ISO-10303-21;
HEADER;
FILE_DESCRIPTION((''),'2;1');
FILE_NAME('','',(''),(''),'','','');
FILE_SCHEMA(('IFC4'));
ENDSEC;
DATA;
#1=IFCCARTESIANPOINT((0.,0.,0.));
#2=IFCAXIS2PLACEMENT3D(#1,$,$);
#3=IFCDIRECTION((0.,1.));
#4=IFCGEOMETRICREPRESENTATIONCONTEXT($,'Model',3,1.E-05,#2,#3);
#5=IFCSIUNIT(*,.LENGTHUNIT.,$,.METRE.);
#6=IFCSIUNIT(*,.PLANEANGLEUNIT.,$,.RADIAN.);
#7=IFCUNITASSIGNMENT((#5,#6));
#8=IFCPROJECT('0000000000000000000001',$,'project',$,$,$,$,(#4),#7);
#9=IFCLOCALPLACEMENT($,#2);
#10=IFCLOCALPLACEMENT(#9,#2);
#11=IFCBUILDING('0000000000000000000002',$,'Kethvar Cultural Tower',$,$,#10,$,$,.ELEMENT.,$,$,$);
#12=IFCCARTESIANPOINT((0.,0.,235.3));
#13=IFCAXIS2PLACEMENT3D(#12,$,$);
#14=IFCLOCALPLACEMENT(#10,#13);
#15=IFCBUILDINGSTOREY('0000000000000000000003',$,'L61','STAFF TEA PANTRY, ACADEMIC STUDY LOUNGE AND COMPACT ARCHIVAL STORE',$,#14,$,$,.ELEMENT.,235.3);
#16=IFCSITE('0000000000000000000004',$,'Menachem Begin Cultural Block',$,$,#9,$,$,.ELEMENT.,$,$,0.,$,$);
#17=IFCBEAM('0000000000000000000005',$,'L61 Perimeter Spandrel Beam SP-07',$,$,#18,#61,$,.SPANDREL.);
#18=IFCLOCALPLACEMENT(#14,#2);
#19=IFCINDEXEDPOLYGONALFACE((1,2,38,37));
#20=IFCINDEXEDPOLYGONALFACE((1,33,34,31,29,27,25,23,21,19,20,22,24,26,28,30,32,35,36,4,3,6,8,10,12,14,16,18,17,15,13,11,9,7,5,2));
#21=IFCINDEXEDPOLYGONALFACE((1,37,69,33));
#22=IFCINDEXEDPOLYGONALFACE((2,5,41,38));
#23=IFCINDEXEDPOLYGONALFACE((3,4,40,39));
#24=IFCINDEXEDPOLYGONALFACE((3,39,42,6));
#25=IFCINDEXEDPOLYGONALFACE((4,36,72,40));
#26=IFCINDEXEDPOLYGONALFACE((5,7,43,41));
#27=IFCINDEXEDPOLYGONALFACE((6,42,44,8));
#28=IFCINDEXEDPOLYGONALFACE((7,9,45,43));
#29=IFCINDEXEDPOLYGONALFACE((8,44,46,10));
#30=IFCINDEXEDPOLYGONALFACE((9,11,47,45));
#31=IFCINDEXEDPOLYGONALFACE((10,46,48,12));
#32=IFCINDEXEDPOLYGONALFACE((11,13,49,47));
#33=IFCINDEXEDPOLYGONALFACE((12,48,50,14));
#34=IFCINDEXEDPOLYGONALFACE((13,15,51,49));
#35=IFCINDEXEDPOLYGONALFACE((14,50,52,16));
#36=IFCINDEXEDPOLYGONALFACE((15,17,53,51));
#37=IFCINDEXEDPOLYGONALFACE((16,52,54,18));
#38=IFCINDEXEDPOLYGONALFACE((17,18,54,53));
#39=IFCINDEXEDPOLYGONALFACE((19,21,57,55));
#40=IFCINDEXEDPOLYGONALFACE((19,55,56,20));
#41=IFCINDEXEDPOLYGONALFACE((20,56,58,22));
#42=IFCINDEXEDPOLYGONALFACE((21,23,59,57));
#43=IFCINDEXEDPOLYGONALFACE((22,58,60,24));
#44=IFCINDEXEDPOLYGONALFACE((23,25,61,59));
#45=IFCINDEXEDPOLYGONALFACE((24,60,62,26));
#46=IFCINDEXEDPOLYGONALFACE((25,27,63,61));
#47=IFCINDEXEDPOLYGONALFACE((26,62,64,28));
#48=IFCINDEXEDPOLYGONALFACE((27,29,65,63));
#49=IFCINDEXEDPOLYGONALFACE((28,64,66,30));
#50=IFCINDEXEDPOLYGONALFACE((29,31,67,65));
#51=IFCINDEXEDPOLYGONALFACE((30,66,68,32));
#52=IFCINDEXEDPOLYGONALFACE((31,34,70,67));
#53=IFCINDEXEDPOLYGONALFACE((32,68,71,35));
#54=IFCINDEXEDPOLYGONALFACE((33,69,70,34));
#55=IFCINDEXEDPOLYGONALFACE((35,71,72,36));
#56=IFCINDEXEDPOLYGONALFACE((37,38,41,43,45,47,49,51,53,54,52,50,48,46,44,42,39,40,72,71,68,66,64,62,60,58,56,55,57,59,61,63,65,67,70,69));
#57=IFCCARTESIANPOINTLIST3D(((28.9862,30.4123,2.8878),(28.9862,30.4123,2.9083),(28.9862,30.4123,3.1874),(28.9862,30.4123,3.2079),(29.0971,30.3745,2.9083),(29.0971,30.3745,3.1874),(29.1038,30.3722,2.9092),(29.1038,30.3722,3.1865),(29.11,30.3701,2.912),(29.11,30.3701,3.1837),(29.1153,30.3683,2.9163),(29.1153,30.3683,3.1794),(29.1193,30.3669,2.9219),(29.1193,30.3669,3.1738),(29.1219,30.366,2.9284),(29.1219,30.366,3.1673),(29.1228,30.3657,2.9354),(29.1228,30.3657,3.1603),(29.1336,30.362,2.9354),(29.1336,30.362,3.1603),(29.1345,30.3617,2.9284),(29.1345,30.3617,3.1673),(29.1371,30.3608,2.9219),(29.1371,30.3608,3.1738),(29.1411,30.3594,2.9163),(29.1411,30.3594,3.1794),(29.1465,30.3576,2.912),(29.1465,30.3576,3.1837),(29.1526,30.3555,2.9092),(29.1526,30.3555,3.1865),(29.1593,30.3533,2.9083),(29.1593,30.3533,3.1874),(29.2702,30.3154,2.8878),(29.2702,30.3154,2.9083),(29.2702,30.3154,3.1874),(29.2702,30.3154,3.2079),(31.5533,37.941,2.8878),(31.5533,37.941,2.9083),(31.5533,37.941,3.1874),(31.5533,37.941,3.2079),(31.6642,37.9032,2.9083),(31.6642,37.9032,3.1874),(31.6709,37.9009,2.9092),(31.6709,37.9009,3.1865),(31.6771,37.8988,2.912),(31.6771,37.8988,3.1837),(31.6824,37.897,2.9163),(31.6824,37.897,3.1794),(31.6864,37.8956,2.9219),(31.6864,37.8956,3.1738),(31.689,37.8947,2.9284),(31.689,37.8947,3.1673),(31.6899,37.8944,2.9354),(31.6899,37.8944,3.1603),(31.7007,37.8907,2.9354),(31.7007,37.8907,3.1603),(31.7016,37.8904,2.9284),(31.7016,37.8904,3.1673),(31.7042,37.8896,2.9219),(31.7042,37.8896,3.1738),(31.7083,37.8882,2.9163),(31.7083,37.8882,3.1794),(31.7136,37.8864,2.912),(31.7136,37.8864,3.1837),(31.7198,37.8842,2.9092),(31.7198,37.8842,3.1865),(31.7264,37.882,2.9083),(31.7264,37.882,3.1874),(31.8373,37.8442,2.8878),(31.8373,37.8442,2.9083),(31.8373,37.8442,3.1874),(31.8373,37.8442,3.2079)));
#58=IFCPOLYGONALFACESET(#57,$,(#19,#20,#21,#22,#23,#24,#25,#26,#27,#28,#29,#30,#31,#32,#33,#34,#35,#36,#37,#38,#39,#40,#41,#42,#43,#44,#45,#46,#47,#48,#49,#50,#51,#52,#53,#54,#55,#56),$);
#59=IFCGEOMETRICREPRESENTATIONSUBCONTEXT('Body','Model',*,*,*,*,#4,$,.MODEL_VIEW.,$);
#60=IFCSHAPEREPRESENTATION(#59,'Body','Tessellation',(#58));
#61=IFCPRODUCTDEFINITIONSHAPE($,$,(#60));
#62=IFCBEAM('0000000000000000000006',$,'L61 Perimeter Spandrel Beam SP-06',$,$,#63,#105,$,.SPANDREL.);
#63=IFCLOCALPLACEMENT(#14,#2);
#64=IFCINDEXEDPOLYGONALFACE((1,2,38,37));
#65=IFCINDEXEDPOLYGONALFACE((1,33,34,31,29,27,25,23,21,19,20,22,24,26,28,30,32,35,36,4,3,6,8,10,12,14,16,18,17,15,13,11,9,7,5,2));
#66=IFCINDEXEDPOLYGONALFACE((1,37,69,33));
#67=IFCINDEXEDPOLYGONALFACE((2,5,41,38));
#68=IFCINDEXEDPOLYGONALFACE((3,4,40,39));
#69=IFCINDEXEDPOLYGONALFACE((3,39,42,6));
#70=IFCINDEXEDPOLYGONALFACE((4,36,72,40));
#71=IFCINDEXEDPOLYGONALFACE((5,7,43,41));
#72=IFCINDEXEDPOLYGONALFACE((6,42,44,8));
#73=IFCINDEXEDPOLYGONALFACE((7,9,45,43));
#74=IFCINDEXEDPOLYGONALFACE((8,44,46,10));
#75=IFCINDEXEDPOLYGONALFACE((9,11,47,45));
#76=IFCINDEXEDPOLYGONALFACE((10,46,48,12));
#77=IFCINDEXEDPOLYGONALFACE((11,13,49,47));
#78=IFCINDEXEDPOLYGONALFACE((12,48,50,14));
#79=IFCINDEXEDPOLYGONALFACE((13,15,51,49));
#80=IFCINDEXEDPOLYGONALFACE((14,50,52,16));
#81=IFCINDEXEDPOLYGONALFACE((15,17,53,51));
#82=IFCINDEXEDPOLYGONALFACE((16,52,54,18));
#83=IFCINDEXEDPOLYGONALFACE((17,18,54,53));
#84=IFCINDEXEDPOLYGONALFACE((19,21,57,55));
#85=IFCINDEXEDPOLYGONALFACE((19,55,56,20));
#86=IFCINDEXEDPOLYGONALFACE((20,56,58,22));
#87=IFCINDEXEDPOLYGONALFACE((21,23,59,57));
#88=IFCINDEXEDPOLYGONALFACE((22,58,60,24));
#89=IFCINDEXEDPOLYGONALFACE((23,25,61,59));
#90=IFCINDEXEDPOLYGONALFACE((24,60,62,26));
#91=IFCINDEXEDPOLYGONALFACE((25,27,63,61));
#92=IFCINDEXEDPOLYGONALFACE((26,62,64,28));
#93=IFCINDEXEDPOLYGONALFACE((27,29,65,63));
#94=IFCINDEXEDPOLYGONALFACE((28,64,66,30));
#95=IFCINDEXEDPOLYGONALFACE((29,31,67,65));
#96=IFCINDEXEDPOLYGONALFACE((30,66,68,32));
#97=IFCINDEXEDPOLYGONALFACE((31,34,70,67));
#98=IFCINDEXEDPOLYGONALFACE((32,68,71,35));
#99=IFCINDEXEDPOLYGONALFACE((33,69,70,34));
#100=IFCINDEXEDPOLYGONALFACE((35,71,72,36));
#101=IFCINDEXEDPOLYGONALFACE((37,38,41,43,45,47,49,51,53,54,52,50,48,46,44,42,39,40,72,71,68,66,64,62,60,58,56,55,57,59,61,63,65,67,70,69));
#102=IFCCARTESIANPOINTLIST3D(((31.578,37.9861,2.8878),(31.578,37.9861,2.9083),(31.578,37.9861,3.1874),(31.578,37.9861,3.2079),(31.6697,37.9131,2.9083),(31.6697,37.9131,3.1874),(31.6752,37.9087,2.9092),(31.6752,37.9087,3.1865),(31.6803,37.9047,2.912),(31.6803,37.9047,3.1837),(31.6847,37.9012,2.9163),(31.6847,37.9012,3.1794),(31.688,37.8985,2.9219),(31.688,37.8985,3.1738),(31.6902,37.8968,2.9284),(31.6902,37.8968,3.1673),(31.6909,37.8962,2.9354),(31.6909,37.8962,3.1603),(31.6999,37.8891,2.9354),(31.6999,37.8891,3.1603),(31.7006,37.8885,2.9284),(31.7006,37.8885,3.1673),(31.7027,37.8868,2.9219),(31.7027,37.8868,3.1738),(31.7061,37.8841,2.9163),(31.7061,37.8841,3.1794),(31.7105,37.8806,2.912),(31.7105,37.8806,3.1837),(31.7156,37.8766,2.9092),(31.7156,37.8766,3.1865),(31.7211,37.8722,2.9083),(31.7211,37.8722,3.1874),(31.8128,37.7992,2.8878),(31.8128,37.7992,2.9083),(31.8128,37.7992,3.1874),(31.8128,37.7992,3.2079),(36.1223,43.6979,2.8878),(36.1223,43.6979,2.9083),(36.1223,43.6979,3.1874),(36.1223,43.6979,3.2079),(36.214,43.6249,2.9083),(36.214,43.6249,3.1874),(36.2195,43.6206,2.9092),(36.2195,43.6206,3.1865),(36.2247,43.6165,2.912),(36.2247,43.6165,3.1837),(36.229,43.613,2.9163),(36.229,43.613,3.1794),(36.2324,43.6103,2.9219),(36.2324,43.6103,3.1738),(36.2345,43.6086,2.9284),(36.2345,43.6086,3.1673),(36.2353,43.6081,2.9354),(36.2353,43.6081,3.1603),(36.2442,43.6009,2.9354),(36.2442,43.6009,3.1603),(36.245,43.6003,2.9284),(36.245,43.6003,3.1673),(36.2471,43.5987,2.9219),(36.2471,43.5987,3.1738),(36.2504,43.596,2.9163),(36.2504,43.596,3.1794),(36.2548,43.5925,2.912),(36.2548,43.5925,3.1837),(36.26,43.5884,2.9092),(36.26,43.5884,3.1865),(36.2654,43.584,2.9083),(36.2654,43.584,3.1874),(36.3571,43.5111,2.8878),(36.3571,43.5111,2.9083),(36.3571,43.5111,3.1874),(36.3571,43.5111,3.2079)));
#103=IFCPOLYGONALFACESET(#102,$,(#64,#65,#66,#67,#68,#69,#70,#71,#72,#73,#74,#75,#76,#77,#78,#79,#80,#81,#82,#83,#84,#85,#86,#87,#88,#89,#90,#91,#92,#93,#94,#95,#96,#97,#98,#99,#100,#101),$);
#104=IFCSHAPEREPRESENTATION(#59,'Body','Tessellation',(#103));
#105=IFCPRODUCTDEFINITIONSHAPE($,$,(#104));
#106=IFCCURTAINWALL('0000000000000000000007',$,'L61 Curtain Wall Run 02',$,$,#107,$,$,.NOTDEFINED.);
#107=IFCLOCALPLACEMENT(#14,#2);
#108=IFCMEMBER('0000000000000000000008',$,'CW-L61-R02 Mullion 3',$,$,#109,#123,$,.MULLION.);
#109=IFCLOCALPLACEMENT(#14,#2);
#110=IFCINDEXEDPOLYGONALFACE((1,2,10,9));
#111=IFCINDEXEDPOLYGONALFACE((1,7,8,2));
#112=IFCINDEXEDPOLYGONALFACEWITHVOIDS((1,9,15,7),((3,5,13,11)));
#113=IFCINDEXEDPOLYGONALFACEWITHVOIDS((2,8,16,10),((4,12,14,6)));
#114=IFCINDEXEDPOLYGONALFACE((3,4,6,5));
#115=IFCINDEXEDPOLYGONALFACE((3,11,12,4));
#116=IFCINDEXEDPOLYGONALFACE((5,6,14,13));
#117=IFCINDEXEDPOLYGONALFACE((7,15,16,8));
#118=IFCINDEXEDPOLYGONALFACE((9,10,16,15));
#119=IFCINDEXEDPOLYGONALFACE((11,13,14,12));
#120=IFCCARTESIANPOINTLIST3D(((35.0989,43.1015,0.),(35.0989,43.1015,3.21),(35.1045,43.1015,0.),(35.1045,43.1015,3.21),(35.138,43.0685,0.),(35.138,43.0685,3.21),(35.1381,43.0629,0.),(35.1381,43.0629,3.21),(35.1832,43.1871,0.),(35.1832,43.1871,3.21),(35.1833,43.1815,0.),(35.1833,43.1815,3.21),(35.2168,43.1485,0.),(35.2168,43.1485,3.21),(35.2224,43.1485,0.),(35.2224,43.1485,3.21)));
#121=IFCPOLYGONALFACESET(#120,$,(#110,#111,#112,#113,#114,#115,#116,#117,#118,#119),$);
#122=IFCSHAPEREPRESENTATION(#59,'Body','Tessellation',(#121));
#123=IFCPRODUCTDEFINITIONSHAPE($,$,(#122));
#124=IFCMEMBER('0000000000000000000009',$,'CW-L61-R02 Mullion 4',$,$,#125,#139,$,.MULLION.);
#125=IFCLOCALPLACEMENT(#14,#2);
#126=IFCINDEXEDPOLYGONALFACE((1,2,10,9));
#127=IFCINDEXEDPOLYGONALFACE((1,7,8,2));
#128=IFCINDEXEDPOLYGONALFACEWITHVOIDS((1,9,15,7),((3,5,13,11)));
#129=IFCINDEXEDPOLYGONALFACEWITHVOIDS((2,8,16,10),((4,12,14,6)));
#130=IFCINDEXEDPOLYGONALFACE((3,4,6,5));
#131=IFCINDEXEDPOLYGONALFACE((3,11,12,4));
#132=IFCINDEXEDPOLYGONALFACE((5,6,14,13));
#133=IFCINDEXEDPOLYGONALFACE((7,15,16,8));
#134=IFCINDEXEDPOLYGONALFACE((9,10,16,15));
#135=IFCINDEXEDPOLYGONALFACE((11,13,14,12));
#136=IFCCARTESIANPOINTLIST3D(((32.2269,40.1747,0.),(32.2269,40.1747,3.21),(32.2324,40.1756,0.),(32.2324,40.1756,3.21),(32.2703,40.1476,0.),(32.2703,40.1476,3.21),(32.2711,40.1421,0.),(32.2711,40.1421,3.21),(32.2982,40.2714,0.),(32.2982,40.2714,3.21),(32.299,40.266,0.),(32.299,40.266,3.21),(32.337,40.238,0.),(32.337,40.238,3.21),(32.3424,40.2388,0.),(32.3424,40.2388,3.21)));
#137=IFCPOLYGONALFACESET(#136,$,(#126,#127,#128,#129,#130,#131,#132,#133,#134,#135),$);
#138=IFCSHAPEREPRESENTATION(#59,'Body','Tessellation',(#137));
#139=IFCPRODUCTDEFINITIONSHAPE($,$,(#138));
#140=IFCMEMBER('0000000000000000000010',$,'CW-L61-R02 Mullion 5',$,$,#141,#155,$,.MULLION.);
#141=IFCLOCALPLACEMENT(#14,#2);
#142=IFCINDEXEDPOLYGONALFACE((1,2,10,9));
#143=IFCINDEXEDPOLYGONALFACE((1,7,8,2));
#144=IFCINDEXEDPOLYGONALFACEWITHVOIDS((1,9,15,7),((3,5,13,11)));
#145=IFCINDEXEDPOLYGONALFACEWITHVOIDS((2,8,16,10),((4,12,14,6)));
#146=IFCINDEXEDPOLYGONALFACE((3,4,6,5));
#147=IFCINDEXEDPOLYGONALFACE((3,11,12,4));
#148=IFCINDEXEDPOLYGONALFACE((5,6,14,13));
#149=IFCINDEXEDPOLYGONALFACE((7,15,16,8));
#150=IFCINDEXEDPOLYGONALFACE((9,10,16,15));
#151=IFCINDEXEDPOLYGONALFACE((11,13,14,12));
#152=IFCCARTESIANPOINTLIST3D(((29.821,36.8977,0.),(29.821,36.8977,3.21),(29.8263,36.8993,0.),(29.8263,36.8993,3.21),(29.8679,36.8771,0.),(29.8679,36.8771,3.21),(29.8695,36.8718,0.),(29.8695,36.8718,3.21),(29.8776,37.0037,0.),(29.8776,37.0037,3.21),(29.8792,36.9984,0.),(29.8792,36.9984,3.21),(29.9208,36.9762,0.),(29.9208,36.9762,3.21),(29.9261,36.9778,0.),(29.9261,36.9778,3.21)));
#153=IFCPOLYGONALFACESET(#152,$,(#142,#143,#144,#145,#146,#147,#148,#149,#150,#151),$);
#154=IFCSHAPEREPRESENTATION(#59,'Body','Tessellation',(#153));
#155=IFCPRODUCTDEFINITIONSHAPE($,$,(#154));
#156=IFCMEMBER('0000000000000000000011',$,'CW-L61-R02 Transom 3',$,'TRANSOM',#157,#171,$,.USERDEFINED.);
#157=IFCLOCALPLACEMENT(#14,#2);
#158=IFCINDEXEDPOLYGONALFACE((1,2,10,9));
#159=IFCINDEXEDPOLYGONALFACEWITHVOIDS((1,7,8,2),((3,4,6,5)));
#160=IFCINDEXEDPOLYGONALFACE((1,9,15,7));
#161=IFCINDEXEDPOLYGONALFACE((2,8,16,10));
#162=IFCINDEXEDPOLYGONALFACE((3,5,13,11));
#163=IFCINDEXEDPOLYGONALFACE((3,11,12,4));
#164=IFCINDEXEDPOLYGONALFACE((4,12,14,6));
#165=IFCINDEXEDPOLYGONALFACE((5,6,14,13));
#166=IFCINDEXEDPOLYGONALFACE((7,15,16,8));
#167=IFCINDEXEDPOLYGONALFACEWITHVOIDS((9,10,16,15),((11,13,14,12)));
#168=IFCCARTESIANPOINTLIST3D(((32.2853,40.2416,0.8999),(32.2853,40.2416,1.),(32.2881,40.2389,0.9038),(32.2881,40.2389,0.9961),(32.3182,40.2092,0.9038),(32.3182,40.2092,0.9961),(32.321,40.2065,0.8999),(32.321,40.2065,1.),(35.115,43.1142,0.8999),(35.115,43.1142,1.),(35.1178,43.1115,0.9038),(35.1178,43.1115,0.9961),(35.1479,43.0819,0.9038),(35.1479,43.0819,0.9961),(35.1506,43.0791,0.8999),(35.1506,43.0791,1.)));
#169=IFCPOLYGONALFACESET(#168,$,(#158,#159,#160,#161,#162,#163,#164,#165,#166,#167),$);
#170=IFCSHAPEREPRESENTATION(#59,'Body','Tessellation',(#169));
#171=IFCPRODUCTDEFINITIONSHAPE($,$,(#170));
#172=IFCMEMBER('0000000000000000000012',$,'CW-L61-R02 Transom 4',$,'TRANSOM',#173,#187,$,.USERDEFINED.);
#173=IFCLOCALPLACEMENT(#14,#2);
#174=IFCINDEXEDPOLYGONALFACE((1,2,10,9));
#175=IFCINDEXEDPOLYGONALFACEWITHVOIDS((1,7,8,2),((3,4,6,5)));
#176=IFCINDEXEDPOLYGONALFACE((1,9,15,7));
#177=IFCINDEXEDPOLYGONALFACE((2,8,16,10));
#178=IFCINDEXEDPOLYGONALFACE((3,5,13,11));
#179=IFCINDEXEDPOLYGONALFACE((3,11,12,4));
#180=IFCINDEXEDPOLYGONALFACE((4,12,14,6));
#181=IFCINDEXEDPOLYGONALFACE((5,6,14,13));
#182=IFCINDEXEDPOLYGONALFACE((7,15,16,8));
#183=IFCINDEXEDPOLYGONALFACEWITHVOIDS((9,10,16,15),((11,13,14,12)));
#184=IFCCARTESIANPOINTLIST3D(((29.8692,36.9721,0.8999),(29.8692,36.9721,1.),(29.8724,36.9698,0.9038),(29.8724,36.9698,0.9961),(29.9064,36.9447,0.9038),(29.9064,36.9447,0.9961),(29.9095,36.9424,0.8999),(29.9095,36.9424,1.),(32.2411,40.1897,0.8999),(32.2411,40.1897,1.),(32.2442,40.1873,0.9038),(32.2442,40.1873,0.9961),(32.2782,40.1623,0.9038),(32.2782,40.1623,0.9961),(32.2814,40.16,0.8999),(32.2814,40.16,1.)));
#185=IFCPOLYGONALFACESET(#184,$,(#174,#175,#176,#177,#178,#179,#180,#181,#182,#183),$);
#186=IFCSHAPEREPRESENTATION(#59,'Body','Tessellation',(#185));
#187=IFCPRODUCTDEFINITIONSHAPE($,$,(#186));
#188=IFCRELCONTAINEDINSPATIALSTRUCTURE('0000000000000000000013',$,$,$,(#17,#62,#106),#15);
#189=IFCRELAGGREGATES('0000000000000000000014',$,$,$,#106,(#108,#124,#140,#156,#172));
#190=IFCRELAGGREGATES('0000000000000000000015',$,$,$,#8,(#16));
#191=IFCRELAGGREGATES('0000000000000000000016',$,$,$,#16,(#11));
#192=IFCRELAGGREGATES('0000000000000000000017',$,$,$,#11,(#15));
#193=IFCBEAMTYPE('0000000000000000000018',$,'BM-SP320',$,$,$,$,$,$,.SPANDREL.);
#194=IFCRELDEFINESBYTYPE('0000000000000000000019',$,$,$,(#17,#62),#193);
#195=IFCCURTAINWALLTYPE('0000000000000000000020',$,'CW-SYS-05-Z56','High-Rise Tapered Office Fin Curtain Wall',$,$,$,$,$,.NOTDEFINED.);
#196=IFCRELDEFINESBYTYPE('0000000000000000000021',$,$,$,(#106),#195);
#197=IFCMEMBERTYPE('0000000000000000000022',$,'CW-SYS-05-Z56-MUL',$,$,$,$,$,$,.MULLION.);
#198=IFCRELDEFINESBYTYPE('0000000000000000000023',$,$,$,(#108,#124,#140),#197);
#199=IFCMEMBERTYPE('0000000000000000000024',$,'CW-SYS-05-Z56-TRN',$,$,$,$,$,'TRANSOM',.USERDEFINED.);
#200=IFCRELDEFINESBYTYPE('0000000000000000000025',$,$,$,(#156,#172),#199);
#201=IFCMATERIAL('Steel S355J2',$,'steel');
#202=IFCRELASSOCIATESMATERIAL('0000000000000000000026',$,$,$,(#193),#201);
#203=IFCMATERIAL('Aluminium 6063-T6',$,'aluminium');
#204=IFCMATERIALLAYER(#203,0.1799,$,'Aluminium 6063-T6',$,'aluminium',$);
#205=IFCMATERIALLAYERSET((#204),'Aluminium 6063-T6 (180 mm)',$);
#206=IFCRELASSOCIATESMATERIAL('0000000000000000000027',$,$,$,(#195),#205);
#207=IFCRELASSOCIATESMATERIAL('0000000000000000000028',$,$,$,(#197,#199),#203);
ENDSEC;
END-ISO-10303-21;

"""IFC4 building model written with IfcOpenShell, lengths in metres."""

from ifc_helpers import new_model, si_unit, direction, frame, origin, origin_2d, place, context, subcontext, project, spatial, hollow_rectangle, i_section, extrude, source, transform, mapped, material, layer, layer_set, material_profile, profile_set, type_object, element, aggregate, save


model = new_model("IFC4")

# Units and contexts
model_context = context("Model", 3, precision=1e-05, world=origin(), true_north=direction((0.0, 1.0)))
body_context = subcontext(model_context, "Body", "Model", "MODEL_VIEW")
ifc_project = project(units=[si_unit("LENGTHUNIT", "METRE"), si_unit("PLANEANGLEUNIT", "RADIAN")], contexts=[model_context])

# Site, building, storey
site_placement = place(None, origin())
site = spatial("IfcSite", under=ifc_project, at=site_placement, Name="Menachem Begin Cultural Block", CompositionType="ELEMENT", RefElevation=0.0)
building_placement = place(site_placement, origin())
building = spatial("IfcBuilding", under=site, at=building_placement, Name="Kethvar Cultural Tower", CompositionType="ELEMENT")
storey_placement = place(building_placement, frame((0.0, 0.0, 235.3)))
storey = spatial("IfcBuildingStorey", under=building, at=storey_placement, Name="L61", Description="STAFF TEA PANTRY, ACADEMIC STUDY LOUNGE AND COMPACT ARCHIVAL STORE", CompositionType="ELEMENT", Elevation=235.3)

# Beams
ifc_material_1 = material(Name="Steel S355J2", Category="steel")
ifc_material_profile_1 = material_profile(ifc_material_1, i_section(OverallWidth=0.3, OverallDepth=0.3201, WebThickness=0.0115, FlangeThickness=0.0205, FilletRadius=0.0271, at=origin_2d()), Name="Steel S355J2 — HEB320")
ifc_profile_set_1 = profile_set([ifc_material_profile_1], Name="Steel S355J2 — HEB320")
beam_type_1 = type_object("IfcBeamType", Name="BM-SP320", PredefinedType="SPANDREL", material=ifc_profile_set_1)
shared_shape_1 = source(origin(), body_context, "Body", "SweptSolid", [
    extrude(i_section(OverallWidth=0.3, OverallDepth=0.3201, WebThickness=0.0115, FlangeThickness=0.0205, FilletRadius=0.0271, at=origin_2d()), origin(), (0.0, 0.0, 1.0), 7.9543),
])
beam_1_placement = place(storey_placement, frame((31.6953, 37.8926, 3.0479), z_axis=(-0.32273, -0.946491, 0.0), x_axis=(0.946491, -0.32273, 0.0)))
element("IfcBeam", 1, at=beam_1_placement, inside=storey, type_object=beam_type_1, Name="L61 Perimeter Spandrel Beam SP-07", PredefinedType="SPANDREL", context=body_context, shape_type="MappedRepresentation", body=[
    mapped(shared_shape_1, transform((0.0, 0.0, 0.0), scale=1.0)),
])
shared_shape_2 = source(origin(), body_context, "Body", "SweptSolid", [
    extrude(i_section(OverallWidth=0.3, OverallDepth=0.3201, WebThickness=0.0115, FlangeThickness=0.0205, FilletRadius=0.0271, at=origin_2d()), origin(), (0.0, 0.0, 1.0), 7.2991),
])
beam_2_placement = place(storey_placement, frame((36.2397, 43.6045, 3.0479), z_axis=(-0.622596, -0.782543, 0.0), x_axis=(0.782543, -0.622596, 0.0)))
element("IfcBeam", 2, at=beam_2_placement, inside=storey, type_object=beam_type_1, Name="L61 Perimeter Spandrel Beam SP-06", PredefinedType="SPANDREL", context=body_context, shape_type="MappedRepresentation", body=[
    mapped(shared_shape_2, transform((0.0, 0.0, 0.0), scale=1.0)),
])

# Curtain wall, members
ifc_material_2 = material(Name="Aluminium 6063-T6", Category="aluminium")
ifc_layer_1 = layer(ifc_material_2, 0.1799, Name="Aluminium 6063-T6", Category="aluminium")
ifc_layer_set_1 = layer_set([ifc_layer_1], Name="Aluminium 6063-T6 (180 mm)")
curtain_wall_type = type_object("IfcCurtainWallType", Name="CW-SYS-05-Z56", Description="High-Rise Tapered Office Fin Curtain Wall", PredefinedType="NOTDEFINED", material=ifc_layer_set_1)
curtain_wall_placement = place(storey_placement, origin())
curtain_wall = element("IfcCurtainWall", 3, at=curtain_wall_placement, inside=storey, type_object=curtain_wall_type, Name="L61 Curtain Wall Run 02", PredefinedType="NOTDEFINED")
ifc_material_profile_2 = material_profile(ifc_material_2, hollow_rectangle(XDim=0.0549, YDim=0.1201, WallThickness=0.0039, at=origin_2d()), Name="Aluminium 6063-T6 — RHS120x55x4")
ifc_profile_set_2 = profile_set([ifc_material_profile_2], Name="Aluminium 6063-T6 — RHS120x55x4")
member_type_1 = type_object("IfcMemberType", Name="CW-SYS-05-Z56-MUL", PredefinedType="MULLION", material=ifc_profile_set_2)
shared_shape_3 = source(origin(), body_context, "Body", "SweptSolid", [
    extrude(hollow_rectangle(XDim=0.0549, YDim=0.1201, WallThickness=0.0039, at=origin_2d()), origin(), (0.0, 0.0, 1.0), 3.21),
])
member_1_placement = place(storey_placement, frame((35.1606, 43.125, 0.0), z_axis=(0.0, 0.0, 1.0), x_axis=(0.71243, -0.701743, 0.0)))
member_1 = element("IfcMember", 4, at=member_1_placement, type_object=member_type_1, Name="CW-L61-R02 Mullion 3", PredefinedType="MULLION", context=body_context, shape_type="MappedRepresentation", body=[
    mapped(shared_shape_3, transform((0.0, 0.0, 0.0), scale=1.0)),
])
member_2_placement = place(storey_placement, frame((32.2847, 40.2068, 0.0), z_axis=(0.0, 0.0, 1.0), x_axis=(0.804925, -0.593377, 0.0)))
member_2 = element("IfcMember", 5, at=member_2_placement, type_object=member_type_1, Name="CW-L61-R02 Mullion 4", PredefinedType="MULLION", context=body_context, shape_type="MappedRepresentation", body=[
    mapped(shared_shape_3, transform((0.0, 0.0, 0.0), scale=1.0)),
])
member_3_placement = place(storey_placement, frame((29.8735, 36.9377, 0.0), z_axis=(0.0, 0.0, 1.0), x_axis=(0.882028, -0.471197, 0.0)))
member_3 = element("IfcMember", 6, at=member_3_placement, type_object=member_type_1, Name="CW-L61-R02 Mullion 5", PredefinedType="MULLION", context=body_context, shape_type="MappedRepresentation", body=[
    mapped(shared_shape_3, transform((0.0, 0.0, 0.0), scale=1.0)),
])
ifc_material_profile_3 = material_profile(ifc_material_2, hollow_rectangle(XDim=0.05, YDim=0.1001, WallThickness=0.0039, at=origin_2d()), Name="Aluminium 6063-T6 — RHS100x50x4")
ifc_profile_set_3 = profile_set([ifc_material_profile_3], Name="Aluminium 6063-T6 — RHS100x50x4")
member_type_2 = type_object("IfcMemberType", Name="CW-SYS-05-Z56-TRN", ElementType="TRANSOM", PredefinedType="USERDEFINED", material=ifc_profile_set_3)
shared_shape_4 = source(origin(), body_context, "Body", "SweptSolid", [
    extrude(hollow_rectangle(XDim=0.05, YDim=0.1001, WallThickness=0.0039, at=origin_2d()), origin(), (0.0, 0.0, 1.0), 4.0322),
])
member_4_placement = place(storey_placement, frame((35.1328, 43.0967, 0.95), z_axis=(-0.701758, -0.712415, 0.0), x_axis=(0.712415, -0.701758, 0.0)))
member_4 = element("IfcMember", 7, at=member_4_placement, type_object=member_type_2, Name="CW-L61-R02 Transom 3", ObjectType="TRANSOM", PredefinedType="USERDEFINED", context=body_context, shape_type="MappedRepresentation", body=[
    mapped(shared_shape_4, transform((0.0, 0.0, 0.0), scale=1.0)),
])
shared_shape_5 = source(origin(), body_context, "Body", "SweptSolid", [
    extrude(hollow_rectangle(XDim=0.05, YDim=0.1001, WallThickness=0.0039, at=origin_2d()), origin(), (0.0, 0.0, 1.0), 3.9973),
])
member_5_placement = place(storey_placement, frame((32.2612, 40.1748, 0.95), z_axis=(-0.593364, -0.804935, 0.0), x_axis=(0.804935, -0.593364, 0.0)))
member_5 = element("IfcMember", 8, at=member_5_placement, type_object=member_type_2, Name="CW-L61-R02 Transom 4", ObjectType="TRANSOM", PredefinedType="USERDEFINED", context=body_context, shape_type="MappedRepresentation", body=[
    mapped(shared_shape_5, transform((0.0, 0.0, 0.0), scale=1.0)),
])
aggregate(curtain_wall, [member_1, member_2, member_3, member_4, member_5])

save(model, "model.ifc")
